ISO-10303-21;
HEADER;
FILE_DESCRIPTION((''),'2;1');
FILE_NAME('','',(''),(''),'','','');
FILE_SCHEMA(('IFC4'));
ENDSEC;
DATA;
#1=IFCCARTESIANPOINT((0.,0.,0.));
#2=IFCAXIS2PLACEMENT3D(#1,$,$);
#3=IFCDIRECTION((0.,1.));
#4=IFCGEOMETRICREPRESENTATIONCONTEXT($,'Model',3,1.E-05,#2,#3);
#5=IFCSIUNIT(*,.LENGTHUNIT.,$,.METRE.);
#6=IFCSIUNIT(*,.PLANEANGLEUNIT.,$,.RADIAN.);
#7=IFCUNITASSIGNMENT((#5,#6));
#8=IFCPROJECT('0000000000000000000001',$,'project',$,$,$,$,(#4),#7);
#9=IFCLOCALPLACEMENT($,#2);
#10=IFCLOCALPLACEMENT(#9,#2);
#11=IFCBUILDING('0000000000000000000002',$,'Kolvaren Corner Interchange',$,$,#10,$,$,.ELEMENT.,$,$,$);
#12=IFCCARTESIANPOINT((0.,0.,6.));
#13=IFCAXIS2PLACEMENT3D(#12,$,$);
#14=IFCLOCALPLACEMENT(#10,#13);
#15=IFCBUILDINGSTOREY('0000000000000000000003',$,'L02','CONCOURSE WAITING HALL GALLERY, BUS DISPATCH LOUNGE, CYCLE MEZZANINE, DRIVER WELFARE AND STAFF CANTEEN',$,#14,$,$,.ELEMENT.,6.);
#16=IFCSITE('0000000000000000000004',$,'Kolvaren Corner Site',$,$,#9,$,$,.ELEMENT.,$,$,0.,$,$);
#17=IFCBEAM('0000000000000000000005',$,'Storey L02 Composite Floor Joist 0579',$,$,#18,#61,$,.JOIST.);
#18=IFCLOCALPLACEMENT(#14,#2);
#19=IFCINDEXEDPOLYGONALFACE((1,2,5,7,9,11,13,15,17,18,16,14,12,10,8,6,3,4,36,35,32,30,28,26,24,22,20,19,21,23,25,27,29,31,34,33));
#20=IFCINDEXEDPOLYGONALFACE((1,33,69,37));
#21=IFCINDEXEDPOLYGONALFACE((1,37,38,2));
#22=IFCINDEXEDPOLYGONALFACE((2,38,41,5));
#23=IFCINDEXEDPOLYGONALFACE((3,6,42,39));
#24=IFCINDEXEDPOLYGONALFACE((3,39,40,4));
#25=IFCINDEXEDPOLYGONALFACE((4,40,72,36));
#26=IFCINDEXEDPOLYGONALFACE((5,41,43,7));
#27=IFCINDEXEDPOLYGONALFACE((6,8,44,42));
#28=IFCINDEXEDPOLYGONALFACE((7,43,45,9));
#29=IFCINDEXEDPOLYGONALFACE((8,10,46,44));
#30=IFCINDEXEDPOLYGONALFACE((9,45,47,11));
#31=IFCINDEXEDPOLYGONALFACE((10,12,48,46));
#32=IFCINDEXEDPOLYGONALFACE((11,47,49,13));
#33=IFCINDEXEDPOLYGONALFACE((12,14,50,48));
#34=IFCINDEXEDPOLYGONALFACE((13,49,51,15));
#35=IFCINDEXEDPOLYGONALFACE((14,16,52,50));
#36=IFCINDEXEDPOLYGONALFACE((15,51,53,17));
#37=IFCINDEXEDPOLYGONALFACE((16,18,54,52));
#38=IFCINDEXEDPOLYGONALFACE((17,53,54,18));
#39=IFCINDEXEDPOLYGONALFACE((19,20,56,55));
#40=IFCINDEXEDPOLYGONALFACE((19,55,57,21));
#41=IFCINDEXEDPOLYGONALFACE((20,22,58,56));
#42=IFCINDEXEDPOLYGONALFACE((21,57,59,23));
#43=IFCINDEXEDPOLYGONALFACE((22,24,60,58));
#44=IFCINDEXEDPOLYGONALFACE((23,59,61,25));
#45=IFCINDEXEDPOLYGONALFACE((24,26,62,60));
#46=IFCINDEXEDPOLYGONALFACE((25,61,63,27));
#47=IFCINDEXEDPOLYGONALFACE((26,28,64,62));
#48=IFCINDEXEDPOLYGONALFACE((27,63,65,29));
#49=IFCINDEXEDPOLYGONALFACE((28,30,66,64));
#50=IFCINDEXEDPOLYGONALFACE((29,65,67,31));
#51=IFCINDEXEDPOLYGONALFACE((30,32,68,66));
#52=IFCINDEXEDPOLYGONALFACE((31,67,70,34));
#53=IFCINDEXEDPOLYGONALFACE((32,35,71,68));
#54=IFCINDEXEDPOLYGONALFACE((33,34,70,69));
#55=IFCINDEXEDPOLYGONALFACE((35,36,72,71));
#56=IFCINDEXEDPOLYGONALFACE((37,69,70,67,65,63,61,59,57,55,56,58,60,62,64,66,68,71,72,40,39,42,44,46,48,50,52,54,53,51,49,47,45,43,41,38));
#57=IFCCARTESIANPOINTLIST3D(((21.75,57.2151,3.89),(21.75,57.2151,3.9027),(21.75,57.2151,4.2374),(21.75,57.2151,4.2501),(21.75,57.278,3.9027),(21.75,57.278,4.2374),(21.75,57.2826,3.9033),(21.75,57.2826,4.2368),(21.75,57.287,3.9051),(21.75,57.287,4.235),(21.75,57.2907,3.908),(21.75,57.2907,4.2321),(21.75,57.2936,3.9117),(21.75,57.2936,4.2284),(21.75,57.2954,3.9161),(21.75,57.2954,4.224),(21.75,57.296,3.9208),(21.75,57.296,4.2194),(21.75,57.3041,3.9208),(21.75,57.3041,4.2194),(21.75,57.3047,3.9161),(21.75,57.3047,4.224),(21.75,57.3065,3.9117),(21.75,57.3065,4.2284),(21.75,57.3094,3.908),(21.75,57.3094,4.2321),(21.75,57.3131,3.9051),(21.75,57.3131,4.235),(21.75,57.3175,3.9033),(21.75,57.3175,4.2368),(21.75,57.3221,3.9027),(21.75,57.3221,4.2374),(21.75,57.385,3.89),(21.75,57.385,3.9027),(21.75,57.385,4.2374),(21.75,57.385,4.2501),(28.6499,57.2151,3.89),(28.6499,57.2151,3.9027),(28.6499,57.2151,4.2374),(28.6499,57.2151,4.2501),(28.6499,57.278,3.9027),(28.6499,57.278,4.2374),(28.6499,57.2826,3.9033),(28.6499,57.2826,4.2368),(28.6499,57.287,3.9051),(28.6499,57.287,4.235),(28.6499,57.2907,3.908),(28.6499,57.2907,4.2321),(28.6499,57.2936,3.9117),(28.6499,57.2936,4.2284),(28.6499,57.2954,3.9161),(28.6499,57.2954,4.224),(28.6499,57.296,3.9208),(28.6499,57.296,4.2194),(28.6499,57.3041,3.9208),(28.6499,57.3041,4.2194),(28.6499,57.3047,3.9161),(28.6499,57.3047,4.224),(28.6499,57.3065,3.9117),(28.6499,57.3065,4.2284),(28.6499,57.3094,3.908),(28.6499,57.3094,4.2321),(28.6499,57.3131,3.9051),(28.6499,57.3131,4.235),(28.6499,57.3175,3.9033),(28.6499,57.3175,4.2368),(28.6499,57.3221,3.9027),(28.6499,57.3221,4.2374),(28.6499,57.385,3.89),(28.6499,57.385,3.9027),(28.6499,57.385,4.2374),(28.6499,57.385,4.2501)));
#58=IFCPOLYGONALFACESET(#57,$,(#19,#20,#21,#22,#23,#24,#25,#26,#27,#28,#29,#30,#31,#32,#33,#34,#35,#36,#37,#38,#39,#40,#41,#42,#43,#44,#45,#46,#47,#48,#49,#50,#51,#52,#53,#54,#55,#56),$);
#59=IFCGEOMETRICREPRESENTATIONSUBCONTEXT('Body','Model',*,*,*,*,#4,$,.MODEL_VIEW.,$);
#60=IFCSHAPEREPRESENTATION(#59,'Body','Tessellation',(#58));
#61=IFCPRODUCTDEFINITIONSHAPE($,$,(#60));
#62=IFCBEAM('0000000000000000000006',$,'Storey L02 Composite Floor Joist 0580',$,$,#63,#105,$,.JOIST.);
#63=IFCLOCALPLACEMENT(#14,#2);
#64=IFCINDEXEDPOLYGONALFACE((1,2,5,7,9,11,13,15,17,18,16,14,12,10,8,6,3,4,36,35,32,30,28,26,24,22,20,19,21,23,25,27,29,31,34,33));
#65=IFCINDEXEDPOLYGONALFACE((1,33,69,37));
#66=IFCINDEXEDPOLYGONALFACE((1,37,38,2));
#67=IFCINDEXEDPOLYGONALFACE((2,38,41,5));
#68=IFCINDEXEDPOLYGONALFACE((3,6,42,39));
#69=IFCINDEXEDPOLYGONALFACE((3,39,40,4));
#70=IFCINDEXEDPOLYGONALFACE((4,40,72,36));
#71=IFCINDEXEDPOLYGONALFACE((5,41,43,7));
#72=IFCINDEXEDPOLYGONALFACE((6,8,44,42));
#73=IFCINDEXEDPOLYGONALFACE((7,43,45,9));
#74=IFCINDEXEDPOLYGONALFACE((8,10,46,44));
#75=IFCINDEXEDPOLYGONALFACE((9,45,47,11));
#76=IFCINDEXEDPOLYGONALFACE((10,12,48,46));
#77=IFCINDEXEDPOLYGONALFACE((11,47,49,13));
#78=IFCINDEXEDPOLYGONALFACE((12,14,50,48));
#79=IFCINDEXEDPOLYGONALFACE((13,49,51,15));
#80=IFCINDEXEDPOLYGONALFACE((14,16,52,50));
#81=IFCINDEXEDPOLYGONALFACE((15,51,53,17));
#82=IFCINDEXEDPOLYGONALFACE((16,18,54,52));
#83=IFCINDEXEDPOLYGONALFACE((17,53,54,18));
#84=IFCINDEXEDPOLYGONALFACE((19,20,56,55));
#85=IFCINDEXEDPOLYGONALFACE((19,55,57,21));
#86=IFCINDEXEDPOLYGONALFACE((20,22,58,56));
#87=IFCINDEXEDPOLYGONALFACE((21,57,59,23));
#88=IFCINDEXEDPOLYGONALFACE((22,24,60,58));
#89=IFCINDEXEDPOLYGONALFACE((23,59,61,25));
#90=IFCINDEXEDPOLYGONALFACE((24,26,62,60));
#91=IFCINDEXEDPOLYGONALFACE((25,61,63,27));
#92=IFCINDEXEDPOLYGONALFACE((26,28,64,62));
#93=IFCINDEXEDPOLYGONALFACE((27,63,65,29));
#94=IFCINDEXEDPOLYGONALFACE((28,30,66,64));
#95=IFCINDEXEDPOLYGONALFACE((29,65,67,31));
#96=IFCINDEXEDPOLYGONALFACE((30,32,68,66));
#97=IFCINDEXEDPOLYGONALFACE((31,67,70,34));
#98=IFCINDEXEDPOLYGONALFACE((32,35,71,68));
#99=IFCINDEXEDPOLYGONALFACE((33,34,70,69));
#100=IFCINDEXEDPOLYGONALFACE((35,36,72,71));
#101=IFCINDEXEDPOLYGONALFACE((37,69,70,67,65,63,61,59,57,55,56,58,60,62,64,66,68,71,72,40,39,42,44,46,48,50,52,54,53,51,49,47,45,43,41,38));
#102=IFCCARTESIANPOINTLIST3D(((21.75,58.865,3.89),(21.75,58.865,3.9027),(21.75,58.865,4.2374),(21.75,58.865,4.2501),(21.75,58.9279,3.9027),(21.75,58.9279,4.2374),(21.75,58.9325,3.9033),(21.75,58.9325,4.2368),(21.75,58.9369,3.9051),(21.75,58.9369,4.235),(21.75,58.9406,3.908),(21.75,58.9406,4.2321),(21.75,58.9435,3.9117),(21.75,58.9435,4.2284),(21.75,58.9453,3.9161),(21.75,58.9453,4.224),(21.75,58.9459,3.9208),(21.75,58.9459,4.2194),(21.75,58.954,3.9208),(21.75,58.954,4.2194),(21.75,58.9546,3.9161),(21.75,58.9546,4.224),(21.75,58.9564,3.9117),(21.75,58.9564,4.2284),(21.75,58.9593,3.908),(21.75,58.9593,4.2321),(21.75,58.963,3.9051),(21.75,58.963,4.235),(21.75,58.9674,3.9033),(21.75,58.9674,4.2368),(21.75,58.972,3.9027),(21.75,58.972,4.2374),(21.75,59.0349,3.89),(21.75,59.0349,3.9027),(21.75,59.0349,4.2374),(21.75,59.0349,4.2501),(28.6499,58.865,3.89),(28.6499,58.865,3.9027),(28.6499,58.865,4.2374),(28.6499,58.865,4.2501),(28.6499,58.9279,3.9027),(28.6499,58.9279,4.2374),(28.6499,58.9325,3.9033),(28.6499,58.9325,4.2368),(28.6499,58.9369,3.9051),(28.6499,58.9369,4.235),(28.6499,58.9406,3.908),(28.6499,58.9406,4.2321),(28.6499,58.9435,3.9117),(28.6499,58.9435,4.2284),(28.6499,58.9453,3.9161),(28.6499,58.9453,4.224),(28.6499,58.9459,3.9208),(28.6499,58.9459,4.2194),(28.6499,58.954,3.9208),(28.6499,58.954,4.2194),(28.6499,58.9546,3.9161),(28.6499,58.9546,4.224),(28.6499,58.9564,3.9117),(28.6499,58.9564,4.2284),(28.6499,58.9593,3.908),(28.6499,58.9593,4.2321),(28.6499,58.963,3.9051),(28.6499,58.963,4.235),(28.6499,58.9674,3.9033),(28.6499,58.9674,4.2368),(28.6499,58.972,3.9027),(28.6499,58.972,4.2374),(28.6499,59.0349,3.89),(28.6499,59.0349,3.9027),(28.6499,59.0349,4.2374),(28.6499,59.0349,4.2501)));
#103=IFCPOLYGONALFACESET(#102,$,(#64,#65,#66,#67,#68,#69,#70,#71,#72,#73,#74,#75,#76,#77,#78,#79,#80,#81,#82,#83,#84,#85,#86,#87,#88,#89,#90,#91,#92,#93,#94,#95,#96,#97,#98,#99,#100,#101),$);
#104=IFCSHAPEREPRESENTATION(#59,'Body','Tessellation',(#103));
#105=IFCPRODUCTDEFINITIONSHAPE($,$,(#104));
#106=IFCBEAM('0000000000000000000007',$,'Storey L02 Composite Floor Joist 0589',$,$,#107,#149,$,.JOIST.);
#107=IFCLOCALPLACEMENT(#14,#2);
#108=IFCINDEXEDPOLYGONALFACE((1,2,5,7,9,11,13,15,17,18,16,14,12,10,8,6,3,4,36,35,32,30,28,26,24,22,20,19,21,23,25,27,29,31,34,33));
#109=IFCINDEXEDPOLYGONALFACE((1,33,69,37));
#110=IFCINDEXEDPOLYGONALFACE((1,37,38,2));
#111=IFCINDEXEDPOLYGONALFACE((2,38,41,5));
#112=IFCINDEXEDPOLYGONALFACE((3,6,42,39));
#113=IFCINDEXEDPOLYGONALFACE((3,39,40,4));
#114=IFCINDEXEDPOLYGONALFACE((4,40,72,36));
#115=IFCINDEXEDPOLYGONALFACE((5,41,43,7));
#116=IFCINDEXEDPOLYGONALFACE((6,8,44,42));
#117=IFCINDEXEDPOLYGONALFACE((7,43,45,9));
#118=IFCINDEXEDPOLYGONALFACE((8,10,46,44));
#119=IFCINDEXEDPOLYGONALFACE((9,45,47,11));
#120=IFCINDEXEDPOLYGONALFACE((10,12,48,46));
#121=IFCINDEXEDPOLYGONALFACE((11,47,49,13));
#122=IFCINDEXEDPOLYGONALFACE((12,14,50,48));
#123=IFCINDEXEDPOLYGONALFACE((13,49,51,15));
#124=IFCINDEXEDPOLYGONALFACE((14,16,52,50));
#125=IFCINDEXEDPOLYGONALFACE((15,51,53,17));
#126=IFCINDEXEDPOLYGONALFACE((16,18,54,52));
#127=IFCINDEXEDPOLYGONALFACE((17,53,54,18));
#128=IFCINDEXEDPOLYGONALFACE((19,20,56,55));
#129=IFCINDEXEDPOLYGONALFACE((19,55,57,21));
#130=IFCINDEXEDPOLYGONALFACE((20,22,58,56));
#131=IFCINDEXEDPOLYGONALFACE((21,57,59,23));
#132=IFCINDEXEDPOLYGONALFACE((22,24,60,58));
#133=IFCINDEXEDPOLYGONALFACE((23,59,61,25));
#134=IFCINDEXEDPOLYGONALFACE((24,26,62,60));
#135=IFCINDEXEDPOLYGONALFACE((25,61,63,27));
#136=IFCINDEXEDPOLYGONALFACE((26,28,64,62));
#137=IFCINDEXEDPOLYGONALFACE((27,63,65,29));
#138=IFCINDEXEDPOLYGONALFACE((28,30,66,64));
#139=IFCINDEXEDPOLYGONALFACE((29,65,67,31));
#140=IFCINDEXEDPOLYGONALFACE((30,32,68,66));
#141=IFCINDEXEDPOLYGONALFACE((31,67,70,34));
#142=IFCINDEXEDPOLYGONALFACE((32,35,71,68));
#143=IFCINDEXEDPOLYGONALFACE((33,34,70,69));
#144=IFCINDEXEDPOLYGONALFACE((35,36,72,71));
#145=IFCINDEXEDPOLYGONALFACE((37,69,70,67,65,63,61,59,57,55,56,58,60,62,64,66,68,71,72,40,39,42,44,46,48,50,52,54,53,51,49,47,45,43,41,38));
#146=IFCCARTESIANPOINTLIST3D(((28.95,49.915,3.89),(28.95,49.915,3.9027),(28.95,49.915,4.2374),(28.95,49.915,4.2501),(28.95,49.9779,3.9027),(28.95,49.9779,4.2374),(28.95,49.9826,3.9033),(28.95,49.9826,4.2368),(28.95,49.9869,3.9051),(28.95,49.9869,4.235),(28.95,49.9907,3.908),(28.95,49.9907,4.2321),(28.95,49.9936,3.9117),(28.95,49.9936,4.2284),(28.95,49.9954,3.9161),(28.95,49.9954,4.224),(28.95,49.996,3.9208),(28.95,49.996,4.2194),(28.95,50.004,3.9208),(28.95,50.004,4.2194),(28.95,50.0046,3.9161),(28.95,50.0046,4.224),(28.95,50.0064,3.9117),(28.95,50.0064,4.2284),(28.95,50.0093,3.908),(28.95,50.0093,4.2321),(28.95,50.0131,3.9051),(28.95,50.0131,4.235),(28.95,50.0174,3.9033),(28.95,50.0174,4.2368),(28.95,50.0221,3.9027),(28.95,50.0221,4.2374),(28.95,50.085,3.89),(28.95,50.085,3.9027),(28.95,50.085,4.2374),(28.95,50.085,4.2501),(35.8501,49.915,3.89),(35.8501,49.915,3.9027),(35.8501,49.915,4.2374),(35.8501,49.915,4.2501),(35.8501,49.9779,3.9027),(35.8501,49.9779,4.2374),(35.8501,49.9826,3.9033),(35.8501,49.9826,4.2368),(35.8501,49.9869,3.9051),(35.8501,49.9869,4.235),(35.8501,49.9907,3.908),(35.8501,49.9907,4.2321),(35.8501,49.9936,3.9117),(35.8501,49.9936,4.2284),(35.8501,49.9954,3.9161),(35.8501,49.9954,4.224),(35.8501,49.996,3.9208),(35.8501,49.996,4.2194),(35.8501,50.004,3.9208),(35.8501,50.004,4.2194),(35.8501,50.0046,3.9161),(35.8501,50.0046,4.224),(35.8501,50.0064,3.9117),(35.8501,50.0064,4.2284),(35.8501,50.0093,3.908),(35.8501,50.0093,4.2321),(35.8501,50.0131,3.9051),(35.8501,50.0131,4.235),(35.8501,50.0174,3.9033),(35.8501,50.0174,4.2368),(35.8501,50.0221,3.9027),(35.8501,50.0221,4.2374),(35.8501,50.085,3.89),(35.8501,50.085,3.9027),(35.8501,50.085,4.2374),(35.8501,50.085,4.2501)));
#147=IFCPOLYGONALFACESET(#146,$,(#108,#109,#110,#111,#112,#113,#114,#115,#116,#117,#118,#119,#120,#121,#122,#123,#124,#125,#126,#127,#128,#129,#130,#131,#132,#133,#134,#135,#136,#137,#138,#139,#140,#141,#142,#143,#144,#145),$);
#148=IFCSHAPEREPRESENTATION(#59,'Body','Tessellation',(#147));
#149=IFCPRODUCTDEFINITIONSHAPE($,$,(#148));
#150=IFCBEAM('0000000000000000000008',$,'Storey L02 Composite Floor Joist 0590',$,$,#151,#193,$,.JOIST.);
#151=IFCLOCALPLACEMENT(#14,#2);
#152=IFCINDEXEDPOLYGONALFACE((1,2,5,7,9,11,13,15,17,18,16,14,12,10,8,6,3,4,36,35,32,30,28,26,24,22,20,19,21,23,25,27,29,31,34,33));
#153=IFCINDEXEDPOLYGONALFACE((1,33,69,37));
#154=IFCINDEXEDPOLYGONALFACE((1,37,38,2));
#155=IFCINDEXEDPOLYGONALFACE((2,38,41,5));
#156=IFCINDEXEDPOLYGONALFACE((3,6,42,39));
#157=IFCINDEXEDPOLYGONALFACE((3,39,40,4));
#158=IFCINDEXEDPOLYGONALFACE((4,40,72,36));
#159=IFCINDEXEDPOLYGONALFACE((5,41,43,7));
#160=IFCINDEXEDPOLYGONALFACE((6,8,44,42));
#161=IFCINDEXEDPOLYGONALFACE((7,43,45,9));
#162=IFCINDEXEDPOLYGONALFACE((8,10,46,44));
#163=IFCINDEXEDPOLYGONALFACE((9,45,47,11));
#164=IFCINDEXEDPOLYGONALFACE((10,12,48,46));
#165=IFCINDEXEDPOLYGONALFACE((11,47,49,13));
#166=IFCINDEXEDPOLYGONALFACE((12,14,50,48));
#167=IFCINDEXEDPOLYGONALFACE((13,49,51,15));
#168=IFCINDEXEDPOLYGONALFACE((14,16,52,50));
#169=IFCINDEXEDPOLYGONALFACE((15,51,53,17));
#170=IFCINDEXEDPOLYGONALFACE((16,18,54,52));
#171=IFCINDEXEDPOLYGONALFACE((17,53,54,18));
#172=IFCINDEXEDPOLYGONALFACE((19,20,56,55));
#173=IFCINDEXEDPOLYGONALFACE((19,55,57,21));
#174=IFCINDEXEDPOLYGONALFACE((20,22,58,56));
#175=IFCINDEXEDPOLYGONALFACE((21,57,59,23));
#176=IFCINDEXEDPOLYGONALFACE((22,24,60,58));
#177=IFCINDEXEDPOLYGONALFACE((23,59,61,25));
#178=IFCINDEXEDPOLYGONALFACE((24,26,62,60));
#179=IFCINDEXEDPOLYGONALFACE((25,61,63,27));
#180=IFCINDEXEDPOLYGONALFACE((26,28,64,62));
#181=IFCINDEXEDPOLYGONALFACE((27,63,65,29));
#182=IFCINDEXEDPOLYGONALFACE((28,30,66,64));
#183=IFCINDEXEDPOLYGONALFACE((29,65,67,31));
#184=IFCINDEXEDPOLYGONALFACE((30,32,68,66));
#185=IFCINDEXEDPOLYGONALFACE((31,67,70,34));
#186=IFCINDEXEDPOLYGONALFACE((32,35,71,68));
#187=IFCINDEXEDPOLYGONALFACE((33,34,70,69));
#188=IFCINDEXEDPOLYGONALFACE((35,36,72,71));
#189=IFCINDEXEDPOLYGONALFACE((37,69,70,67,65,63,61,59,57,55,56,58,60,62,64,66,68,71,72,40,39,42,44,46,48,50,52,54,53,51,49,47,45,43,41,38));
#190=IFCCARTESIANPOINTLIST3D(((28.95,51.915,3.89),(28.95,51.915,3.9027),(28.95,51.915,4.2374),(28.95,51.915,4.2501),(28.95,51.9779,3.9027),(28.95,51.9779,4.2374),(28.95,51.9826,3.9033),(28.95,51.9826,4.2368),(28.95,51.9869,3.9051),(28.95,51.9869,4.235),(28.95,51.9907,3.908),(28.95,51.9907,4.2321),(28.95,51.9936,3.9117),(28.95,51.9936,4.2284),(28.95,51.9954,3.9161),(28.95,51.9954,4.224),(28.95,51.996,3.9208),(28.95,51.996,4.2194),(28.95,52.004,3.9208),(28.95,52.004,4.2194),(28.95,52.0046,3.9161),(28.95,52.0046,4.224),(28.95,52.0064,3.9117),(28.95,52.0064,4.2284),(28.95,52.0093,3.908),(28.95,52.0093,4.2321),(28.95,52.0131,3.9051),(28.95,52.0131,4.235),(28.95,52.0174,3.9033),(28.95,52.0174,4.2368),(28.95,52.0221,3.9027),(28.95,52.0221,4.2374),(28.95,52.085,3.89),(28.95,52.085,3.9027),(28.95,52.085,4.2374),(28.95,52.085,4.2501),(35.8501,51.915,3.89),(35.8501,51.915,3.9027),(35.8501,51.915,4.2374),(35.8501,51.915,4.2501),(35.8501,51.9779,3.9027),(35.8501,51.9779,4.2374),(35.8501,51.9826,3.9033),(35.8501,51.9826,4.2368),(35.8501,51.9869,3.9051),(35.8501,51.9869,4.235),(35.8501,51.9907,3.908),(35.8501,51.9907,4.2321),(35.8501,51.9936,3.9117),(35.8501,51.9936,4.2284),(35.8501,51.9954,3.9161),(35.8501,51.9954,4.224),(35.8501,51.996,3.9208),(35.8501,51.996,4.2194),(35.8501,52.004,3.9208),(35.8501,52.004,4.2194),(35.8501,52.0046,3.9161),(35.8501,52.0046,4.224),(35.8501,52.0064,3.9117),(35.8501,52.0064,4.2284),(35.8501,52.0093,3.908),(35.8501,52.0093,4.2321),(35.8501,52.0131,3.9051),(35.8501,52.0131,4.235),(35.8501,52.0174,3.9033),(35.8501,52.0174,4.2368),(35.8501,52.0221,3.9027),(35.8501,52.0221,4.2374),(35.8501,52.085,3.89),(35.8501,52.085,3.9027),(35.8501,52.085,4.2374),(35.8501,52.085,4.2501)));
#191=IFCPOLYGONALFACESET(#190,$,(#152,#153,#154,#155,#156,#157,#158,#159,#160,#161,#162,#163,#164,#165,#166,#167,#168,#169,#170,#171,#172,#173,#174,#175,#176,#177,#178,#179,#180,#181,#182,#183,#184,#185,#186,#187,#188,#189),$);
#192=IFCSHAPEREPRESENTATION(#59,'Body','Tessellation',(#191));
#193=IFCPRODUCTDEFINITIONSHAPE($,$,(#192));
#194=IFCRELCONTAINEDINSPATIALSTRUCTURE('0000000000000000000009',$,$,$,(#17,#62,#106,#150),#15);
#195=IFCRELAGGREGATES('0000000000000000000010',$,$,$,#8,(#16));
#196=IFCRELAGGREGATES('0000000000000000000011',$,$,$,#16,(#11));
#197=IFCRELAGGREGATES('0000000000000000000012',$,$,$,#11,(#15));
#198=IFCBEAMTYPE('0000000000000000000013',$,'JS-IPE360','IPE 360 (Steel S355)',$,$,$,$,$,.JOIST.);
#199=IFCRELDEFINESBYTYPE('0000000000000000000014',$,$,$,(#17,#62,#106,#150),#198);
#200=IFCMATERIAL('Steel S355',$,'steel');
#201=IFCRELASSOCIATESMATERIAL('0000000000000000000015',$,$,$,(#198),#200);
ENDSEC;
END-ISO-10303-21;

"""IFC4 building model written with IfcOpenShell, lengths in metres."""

from ifc_helpers import new_model, si_unit, direction, frame, origin, origin_2d, place, context, subcontext, project, spatial, i_section, extrude, material, material_profile, profile_set, type_object, element, save


model = new_model("IFC4")

# Units and contexts
model_context = context("Model", 3, precision=1e-05, world=origin(), true_north=direction((0.0, 1.0)))
body_context = subcontext(model_context, "Body", "Model", "MODEL_VIEW")
ifc_project = project(units=[si_unit("LENGTHUNIT", "METRE"), si_unit("PLANEANGLEUNIT", "RADIAN")], contexts=[model_context])

# Site, building, storey
site_placement = place(None, origin())
site = spatial("IfcSite", under=ifc_project, at=site_placement, Name="Kolvaren Corner Site", CompositionType="ELEMENT", RefElevation=0.0)
building_placement = place(site_placement, origin())
building = spatial("IfcBuilding", under=site, at=building_placement, Name="Kolvaren Corner Interchange", CompositionType="ELEMENT")
storey_placement = place(building_placement, frame((0.0, 0.0, 6.0)))
storey = spatial("IfcBuildingStorey", under=building, at=storey_placement, Name="L02", Description="CONCOURSE WAITING HALL GALLERY, BUS DISPATCH LOUNGE, CYCLE MEZZANINE, DRIVER WELFARE AND STAFF CANTEEN", CompositionType="ELEMENT", Elevation=6.0)

# Beams
ifc_material_1 = material(Name="Steel S355", Category="steel")
ifc_material_profile_1 = material_profile(ifc_material_1, i_section(OverallWidth=0.1699, OverallDepth=0.3601, WebThickness=0.0081, FlangeThickness=0.0127, FilletRadius=0.0181, at=origin_2d()), Name="IPE 360")
ifc_profile_set_1 = profile_set([ifc_material_profile_1], Name="Steel S355")
beam_type_1 = type_object("IfcBeamType", Name="JS-IPE360", Description="IPE 360 (Steel S355)", PredefinedType="JOIST", material=ifc_profile_set_1)
for number, where, z_axis, x_axis, name in (
    (1, (21.75, 57.3, 4.0701), (1.0, 0.0, 0.0), (0.0, 1.0, 0.0), "Storey L02 Composite Floor Joist 0579"),
    (2, (21.75, 58.95, 4.0701), (1.0, 0.0, 0.0), (0.0, 1.0, 0.0), "Storey L02 Composite Floor Joist 0580"),
):
    element("IfcBeam", number, at=place(storey_placement, frame(where, z_axis=z_axis, x_axis=x_axis)), inside=storey, type_object=beam_type_1, Name=name, PredefinedType="JOIST", context=body_context, shape_type="SweptSolid", body=[
        extrude(i_section(OverallWidth=0.1699, OverallDepth=0.3601, WebThickness=0.0081, FlangeThickness=0.0127, FilletRadius=0.0181, at=origin_2d()), origin(), (0.0, 0.0, 1.0), 6.8999),
    ])
for number, where, z_axis, x_axis, name in (
    (3, (28.95, 50.0, 4.0701), (1.0, 0.0, 0.0), (0.0, 1.0, 0.0), "Storey L02 Composite Floor Joist 0589"),
    (4, (28.95, 52.0, 4.0701), (1.0, 0.0, 0.0), (0.0, 1.0, 0.0), "Storey L02 Composite Floor Joist 0590"),
):
    element("IfcBeam", number, at=place(storey_placement, frame(where, z_axis=z_axis, x_axis=x_axis)), inside=storey, type_object=beam_type_1, Name=name, PredefinedType="JOIST", context=body_context, shape_type="SweptSolid", body=[
        extrude(i_section(OverallWidth=0.1699, OverallDepth=0.3601, WebThickness=0.0081, FlangeThickness=0.0127, FilletRadius=0.0181, at=origin_2d()), origin(), (0.0, 0.0, 1.0), 6.9001),
    ])

save(model, "model.ifc")
